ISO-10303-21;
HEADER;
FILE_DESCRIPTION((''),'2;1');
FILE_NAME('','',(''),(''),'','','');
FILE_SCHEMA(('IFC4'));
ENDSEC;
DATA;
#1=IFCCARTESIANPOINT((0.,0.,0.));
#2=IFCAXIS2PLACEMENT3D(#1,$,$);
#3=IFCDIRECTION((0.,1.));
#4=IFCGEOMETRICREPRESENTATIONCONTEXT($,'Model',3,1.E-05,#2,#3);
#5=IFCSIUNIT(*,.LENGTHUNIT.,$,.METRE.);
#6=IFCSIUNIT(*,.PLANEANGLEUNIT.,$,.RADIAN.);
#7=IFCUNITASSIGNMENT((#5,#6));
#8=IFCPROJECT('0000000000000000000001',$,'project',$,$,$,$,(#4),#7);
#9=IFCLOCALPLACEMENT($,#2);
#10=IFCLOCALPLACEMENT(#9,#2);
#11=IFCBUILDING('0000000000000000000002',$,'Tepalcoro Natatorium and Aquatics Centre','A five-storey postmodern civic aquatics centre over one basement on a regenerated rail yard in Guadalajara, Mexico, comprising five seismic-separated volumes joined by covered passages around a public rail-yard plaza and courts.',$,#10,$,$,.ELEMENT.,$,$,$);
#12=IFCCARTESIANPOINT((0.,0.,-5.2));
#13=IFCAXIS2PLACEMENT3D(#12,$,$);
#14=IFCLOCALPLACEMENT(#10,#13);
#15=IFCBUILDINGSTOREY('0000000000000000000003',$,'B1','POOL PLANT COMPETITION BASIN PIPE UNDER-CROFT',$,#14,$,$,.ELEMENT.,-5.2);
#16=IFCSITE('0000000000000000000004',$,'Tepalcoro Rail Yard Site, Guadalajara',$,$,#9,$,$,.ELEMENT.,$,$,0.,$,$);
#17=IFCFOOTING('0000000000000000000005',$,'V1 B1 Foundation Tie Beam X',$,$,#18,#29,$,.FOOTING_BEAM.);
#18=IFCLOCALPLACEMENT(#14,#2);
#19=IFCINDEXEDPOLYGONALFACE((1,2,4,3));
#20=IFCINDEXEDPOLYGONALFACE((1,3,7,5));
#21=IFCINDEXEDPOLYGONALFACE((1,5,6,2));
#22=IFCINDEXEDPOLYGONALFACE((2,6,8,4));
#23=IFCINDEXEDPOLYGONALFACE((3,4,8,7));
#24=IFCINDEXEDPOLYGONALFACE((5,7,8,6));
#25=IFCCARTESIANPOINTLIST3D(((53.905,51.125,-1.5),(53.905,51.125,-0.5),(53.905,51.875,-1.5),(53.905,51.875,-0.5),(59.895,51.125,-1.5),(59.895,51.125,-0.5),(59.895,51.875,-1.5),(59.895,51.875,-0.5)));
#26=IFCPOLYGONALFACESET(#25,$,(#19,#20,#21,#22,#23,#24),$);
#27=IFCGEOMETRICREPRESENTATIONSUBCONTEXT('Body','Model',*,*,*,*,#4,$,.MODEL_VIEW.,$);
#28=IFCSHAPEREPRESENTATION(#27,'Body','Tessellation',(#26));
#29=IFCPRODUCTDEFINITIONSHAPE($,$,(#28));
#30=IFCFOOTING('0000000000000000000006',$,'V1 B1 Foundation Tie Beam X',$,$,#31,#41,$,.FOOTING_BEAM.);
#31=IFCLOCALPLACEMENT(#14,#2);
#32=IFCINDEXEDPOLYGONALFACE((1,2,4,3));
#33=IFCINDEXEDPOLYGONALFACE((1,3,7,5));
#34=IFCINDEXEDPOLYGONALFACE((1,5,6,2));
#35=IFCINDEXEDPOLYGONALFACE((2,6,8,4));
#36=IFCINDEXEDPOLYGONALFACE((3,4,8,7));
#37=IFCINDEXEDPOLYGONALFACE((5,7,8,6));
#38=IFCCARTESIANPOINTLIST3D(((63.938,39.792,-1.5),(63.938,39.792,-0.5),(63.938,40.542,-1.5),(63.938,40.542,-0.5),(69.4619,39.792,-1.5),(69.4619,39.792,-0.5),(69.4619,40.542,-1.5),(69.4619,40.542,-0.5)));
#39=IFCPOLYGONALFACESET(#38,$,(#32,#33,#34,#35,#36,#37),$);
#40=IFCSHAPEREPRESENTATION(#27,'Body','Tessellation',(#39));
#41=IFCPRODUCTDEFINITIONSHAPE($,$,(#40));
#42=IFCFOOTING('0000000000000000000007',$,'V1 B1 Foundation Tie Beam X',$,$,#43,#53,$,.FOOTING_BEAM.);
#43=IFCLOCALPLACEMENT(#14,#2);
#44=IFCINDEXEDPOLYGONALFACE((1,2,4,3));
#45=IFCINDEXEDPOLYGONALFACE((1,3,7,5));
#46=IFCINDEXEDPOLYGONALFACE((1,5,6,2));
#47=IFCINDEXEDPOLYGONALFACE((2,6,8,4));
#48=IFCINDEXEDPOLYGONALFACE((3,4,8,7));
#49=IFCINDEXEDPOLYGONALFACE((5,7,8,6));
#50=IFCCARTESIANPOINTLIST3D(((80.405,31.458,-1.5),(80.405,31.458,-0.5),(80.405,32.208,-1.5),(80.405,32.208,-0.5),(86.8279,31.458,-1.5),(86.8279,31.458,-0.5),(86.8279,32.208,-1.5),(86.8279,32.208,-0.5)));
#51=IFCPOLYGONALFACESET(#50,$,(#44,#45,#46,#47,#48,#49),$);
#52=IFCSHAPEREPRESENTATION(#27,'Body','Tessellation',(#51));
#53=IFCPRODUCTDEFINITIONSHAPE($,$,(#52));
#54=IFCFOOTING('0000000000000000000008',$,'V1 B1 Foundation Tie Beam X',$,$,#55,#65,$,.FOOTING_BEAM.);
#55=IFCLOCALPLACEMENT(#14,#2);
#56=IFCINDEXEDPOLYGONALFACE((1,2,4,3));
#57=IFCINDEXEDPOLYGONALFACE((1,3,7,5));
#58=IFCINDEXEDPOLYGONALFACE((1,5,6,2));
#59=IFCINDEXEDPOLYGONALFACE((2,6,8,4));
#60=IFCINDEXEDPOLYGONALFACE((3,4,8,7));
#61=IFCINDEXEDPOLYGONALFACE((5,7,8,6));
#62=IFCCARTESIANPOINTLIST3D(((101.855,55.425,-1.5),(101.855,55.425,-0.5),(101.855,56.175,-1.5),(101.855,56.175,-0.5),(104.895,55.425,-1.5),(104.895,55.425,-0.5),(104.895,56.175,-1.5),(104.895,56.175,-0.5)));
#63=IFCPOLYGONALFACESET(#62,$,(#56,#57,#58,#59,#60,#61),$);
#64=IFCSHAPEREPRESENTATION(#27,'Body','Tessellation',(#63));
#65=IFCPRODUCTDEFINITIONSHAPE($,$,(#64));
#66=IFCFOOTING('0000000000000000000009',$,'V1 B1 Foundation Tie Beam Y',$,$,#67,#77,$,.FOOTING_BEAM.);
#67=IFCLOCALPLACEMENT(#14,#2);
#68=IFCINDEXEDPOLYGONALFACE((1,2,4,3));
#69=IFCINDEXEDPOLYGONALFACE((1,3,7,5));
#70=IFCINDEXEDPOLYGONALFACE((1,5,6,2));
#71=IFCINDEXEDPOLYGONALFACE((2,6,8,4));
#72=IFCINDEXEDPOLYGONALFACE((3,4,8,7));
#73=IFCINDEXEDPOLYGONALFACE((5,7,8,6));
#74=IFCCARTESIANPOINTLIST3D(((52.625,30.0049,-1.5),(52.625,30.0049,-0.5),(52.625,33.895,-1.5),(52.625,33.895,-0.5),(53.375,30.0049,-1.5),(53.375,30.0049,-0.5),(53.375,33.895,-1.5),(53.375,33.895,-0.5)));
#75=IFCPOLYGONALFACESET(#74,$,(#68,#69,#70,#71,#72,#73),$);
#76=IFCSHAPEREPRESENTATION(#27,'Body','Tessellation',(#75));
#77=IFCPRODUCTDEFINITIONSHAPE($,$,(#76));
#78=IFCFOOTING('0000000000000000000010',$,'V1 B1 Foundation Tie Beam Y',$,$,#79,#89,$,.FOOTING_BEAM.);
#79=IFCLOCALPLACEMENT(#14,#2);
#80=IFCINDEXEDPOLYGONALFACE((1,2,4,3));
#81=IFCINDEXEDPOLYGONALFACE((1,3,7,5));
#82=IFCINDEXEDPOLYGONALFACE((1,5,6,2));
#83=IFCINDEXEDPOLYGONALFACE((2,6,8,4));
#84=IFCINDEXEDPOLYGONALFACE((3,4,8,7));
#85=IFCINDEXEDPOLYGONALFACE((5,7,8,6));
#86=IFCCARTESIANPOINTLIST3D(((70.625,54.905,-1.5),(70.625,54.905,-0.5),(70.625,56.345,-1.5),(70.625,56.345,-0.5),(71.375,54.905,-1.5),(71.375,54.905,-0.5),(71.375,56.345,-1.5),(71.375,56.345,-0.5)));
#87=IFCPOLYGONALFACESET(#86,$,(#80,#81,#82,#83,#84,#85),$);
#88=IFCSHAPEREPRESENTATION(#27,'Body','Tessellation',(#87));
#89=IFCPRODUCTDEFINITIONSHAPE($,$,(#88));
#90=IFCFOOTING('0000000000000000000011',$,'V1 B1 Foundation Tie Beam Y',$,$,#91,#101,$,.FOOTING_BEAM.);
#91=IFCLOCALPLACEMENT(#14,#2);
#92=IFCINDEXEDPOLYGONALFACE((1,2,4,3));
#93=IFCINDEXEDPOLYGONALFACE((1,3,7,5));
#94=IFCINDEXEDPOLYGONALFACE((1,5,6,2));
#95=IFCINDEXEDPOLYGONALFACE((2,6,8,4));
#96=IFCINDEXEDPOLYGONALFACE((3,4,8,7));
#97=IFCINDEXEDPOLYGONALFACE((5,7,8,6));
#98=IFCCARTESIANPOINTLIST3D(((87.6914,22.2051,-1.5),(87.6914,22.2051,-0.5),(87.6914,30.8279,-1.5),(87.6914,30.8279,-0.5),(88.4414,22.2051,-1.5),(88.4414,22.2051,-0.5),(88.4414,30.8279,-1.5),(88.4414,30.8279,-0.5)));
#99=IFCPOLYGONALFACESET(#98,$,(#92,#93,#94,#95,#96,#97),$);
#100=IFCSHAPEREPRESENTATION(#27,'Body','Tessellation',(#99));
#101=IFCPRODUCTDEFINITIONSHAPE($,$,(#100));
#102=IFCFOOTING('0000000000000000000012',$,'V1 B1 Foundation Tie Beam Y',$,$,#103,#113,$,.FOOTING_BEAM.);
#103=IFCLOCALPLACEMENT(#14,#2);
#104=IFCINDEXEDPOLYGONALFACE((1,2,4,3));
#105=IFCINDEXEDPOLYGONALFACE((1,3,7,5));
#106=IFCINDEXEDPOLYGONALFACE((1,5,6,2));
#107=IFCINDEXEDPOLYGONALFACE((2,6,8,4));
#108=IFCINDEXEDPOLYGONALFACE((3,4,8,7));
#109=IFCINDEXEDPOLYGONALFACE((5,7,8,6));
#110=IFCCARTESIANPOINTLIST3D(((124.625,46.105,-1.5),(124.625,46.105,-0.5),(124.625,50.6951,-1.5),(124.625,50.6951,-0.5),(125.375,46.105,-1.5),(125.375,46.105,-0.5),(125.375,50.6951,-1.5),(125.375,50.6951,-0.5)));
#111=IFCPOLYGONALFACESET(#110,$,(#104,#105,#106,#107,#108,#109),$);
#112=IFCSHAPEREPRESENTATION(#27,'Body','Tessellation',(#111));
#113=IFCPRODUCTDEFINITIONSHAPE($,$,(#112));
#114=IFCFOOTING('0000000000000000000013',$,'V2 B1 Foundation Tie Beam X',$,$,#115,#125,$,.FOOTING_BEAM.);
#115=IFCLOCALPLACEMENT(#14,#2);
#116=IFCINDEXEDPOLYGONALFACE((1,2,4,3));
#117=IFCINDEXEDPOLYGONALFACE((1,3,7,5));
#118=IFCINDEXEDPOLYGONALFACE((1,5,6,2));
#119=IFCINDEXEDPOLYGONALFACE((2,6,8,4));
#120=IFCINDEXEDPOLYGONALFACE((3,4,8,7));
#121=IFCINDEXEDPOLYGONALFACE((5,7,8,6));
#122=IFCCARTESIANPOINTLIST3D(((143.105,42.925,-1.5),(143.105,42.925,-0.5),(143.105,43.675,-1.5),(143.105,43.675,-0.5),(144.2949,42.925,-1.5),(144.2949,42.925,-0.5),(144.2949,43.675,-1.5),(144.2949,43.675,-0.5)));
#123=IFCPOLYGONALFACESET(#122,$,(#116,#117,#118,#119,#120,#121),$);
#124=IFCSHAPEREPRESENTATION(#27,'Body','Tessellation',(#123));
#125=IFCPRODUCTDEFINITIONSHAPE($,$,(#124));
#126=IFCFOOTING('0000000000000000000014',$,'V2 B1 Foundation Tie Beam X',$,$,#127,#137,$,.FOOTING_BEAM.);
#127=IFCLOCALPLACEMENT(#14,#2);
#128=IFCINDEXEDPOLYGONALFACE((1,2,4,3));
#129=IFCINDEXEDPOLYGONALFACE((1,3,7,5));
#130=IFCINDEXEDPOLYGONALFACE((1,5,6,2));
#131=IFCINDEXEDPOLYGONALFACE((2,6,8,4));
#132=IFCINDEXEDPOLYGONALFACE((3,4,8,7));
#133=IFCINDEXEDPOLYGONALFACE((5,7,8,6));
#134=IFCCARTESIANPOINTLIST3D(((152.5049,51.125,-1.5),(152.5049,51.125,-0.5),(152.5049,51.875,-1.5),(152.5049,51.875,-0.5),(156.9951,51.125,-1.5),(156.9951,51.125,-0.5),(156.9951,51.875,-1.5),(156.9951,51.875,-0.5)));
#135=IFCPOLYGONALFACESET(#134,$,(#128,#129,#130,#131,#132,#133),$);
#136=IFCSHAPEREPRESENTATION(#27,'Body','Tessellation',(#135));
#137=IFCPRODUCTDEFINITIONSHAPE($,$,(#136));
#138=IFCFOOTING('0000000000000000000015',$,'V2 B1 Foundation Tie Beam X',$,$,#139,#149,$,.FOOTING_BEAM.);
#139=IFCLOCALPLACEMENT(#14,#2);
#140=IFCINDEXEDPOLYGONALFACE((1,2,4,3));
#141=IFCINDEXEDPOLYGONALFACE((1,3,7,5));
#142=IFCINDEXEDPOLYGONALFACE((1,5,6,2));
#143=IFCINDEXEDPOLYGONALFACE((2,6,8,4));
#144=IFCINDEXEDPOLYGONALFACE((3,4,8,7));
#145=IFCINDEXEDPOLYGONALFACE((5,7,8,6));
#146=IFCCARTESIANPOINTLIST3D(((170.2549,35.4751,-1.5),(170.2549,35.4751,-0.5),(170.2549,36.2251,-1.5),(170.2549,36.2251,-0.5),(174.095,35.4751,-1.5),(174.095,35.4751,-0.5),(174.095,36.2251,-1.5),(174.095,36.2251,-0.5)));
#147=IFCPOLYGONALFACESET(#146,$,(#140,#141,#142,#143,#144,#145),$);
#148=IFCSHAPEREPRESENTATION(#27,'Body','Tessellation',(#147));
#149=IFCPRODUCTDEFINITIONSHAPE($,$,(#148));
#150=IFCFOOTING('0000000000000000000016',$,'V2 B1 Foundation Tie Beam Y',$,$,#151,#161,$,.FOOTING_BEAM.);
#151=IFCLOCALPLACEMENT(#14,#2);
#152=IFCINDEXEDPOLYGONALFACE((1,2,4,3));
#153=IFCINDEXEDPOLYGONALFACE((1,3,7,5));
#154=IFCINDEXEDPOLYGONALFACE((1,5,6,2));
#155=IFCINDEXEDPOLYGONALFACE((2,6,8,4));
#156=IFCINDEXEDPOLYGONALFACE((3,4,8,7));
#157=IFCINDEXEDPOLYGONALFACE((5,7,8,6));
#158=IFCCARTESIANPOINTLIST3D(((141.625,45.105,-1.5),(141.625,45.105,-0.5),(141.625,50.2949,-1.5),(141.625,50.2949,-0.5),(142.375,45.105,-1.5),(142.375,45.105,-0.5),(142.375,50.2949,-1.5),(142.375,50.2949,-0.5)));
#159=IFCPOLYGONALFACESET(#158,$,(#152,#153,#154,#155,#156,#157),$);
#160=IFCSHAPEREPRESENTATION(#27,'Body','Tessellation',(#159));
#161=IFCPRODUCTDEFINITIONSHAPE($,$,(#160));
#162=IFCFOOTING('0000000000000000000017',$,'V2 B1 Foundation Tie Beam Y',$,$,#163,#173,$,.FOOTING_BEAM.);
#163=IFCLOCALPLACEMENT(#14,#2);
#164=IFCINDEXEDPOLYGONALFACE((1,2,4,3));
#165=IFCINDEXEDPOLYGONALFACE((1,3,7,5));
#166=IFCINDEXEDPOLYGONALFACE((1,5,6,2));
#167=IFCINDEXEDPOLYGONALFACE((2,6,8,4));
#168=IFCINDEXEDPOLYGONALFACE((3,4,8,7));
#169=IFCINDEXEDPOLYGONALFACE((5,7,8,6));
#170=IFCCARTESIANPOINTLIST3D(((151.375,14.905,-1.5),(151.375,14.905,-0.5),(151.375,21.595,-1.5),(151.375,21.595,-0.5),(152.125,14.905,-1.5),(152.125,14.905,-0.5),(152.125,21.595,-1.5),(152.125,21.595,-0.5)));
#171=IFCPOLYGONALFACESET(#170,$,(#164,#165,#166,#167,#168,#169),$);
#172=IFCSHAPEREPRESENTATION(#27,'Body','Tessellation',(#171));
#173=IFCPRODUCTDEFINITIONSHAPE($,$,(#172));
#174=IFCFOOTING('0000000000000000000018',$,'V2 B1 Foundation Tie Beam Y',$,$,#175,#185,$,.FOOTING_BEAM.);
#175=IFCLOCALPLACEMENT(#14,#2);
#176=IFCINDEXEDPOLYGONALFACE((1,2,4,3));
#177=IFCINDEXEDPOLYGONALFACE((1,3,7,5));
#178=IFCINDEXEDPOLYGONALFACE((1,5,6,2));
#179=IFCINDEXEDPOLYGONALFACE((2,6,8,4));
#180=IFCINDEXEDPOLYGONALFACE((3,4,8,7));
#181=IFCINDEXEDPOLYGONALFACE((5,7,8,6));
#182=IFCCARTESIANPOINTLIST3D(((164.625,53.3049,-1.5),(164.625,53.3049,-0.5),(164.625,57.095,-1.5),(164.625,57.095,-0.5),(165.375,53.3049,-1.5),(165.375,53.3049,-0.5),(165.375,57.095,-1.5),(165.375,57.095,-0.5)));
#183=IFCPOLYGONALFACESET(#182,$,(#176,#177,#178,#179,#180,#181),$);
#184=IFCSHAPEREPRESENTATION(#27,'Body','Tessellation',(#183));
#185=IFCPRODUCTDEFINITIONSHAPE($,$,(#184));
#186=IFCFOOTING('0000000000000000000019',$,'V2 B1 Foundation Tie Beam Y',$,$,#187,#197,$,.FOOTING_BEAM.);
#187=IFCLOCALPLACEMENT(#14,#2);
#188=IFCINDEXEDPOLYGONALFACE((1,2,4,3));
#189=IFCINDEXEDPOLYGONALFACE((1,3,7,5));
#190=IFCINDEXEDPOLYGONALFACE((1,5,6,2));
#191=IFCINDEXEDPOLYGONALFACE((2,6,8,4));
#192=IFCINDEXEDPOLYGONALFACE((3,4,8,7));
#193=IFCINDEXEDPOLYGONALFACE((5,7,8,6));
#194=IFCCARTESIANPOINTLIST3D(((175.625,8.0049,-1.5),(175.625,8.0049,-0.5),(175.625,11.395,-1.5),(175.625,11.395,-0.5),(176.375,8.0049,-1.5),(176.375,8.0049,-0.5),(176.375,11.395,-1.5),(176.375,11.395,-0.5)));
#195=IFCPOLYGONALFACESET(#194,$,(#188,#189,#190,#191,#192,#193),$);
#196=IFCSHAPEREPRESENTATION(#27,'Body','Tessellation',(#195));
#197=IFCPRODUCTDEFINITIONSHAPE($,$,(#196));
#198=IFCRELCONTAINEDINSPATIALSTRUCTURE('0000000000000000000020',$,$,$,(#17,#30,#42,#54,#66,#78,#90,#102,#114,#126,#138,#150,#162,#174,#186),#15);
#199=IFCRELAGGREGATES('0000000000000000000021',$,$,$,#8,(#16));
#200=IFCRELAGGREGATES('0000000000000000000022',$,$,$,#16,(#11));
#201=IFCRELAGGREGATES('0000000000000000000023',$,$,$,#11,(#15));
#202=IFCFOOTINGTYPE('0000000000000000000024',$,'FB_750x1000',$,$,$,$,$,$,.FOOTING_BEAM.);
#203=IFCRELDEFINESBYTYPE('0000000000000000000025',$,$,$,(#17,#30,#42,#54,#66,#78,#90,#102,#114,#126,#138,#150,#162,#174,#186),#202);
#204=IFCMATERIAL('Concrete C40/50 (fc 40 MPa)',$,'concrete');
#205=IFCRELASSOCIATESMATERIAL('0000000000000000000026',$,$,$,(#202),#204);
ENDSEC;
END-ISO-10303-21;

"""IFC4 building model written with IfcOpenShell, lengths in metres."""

from ifc_helpers import new_model, si_unit, direction, frame, origin, place, context, subcontext, project, spatial, polyline, outline, extrude, material, type_object, element, save


model = new_model("IFC4")

# Units and contexts
model_context = context("Model", 3, precision=1e-05, world=origin(), true_north=direction((0.0, 1.0)))
body_context = subcontext(model_context, "Body", "Model", "MODEL_VIEW")
ifc_project = project(units=[si_unit("LENGTHUNIT", "METRE"), si_unit("PLANEANGLEUNIT", "RADIAN")], contexts=[model_context])

# Site, building, storey
site_placement = place(None, origin())
site = spatial("IfcSite", under=ifc_project, at=site_placement, Name="Tepalcoro Rail Yard Site, Guadalajara", CompositionType="ELEMENT", RefElevation=0.0)
building_placement = place(site_placement, origin())
building = spatial("IfcBuilding", under=site, at=building_placement, Name="Tepalcoro Natatorium and Aquatics Centre", Description="A five-storey postmodern civic aquatics centre over one basement on a regenerated rail yard in Guadalajara, Mexico, comprising five seismic-separated volumes joined by covered passages around a public rail-yard plaza and courts.", CompositionType="ELEMENT")
storey_placement = place(building_placement, frame((0.0, 0.0, -5.2)))
storey = spatial("IfcBuildingStorey", under=building, at=storey_placement, Name="B1", Description="POOL PLANT COMPETITION BASIN PIPE UNDER-CROFT", CompositionType="ELEMENT", Elevation=-5.2)

# Footings
ifc_material = material(Name="Concrete C40/50 (fc 40 MPa)", Category="concrete")
footing_type_1 = type_object("IfcFootingType", Name="FB_750x1000", PredefinedType="FOOTING_BEAM", material=ifc_material)
footing_1_placement = place(storey_placement, frame((0.0, 0.0, -1.5)))
element("IfcFooting", 1, at=footing_1_placement, inside=storey, type_object=footing_type_1, Name="V1 B1 Foundation Tie Beam X", PredefinedType="FOOTING_BEAM", context=body_context, shape_type="SweptSolid", body=[
    extrude(outline(polyline([(53.905, 51.125), (59.895, 51.125), (59.895, 51.875), (53.905, 51.875), (53.905, 51.125)])), origin(), (0.0, 0.0, 1.0), 1.0),
])
footing_2_placement = place(storey_placement, frame((0.0, 0.0, -1.5)))
element("IfcFooting", 2, at=footing_2_placement, inside=storey, type_object=footing_type_1, Name="V1 B1 Foundation Tie Beam X", PredefinedType="FOOTING_BEAM", context=body_context, shape_type="SweptSolid", body=[
    extrude(outline(polyline([(63.938, 39.792), (69.4619, 39.792), (69.4619, 40.542), (63.938, 40.542), (63.938, 39.792)])), origin(), (0.0, 0.0, 1.0), 1.0),
])
footing_3_placement = place(storey_placement, frame((0.0, 0.0, -1.5)))
element("IfcFooting", 3, at=footing_3_placement, inside=storey, type_object=footing_type_1, Name="V1 B1 Foundation Tie Beam X", PredefinedType="FOOTING_BEAM", context=body_context, shape_type="SweptSolid", body=[
    extrude(outline(polyline([(80.405, 31.458), (86.8279, 31.458), (86.8279, 32.208), (80.405, 32.208), (80.405, 31.458)])), origin(), (0.0, 0.0, 1.0), 1.0),
])
footing_4_placement = place(storey_placement, frame((0.0, 0.0, -1.5)))
element("IfcFooting", 4, at=footing_4_placement, inside=storey, type_object=footing_type_1, Name="V1 B1 Foundation Tie Beam X", PredefinedType="FOOTING_BEAM", context=body_context, shape_type="SweptSolid", body=[
    extrude(outline(polyline([(101.855, 55.425), (104.895, 55.425), (104.895, 56.175), (101.855, 56.175), (101.855, 55.425)])), origin(), (0.0, 0.0, 1.0), 1.0),
])
footing_5_placement = place(storey_placement, frame((0.0, 0.0, -1.5)))
element("IfcFooting", 5, at=footing_5_placement, inside=storey, type_object=footing_type_1, Name="V1 B1 Foundation Tie Beam Y", PredefinedType="FOOTING_BEAM", context=body_context, shape_type="SweptSolid", body=[
    extrude(outline(polyline([(53.375, 30.0049), (53.375, 33.895), (52.625, 33.895), (52.625, 30.0049), (53.375, 30.0049)])), origin(), (0.0, 0.0, 1.0), 1.0),
])
footing_6_placement = place(storey_placement, frame((0.0, 0.0, -1.5)))
element("IfcFooting", 6, at=footing_6_placement, inside=storey, type_object=footing_type_1, Name="V1 B1 Foundation Tie Beam Y", PredefinedType="FOOTING_BEAM", context=body_context, shape_type="SweptSolid", body=[
    extrude(outline(polyline([(71.375, 54.905), (71.375, 56.345), (70.625, 56.345), (70.625, 54.905), (71.375, 54.905)])), origin(), (0.0, 0.0, 1.0), 1.0),
])
footing_7_placement = place(storey_placement, frame((0.0, 0.0, -1.5)))
element("IfcFooting", 7, at=footing_7_placement, inside=storey, type_object=footing_type_1, Name="V1 B1 Foundation Tie Beam Y", PredefinedType="FOOTING_BEAM", context=body_context, shape_type="SweptSolid", body=[
    extrude(outline(polyline([(88.4414, 22.2051), (88.4414, 30.8279), (87.6914, 30.8279), (87.6914, 22.2051), (88.4414, 22.2051)])), origin(), (0.0, 0.0, 1.0), 1.0),
])
footing_8_placement = place(storey_placement, frame((0.0, 0.0, -1.5)))
element("IfcFooting", 8, at=footing_8_placement, inside=storey, type_object=footing_type_1, Name="V1 B1 Foundation Tie Beam Y", PredefinedType="FOOTING_BEAM", context=body_context, shape_type="SweptSolid", body=[
    extrude(outline(polyline([(125.375, 46.105), (125.375, 50.6951), (124.625, 50.6951), (124.625, 46.105), (125.375, 46.105)])), origin(), (0.0, 0.0, 1.0), 1.0),
])
footing_9_placement = place(storey_placement, frame((0.0, 0.0, -1.5)))
element("IfcFooting", 9, at=footing_9_placement, inside=storey, type_object=footing_type_1, Name="V2 B1 Foundation Tie Beam X", PredefinedType="FOOTING_BEAM", context=body_context, shape_type="SweptSolid", body=[
    extrude(outline(polyline([(143.105, 42.925), (144.2949, 42.925), (144.2949, 43.675), (143.105, 43.675), (143.105, 42.925)])), origin(), (0.0, 0.0, 1.0), 1.0),
])
footing_10_placement = place(storey_placement, frame((0.0, 0.0, -1.5)))
element("IfcFooting", 10, at=footing_10_placement, inside=storey, type_object=footing_type_1, Name="V2 B1 Foundation Tie Beam X", PredefinedType="FOOTING_BEAM", context=body_context, shape_type="SweptSolid", body=[
    extrude(outline(polyline([(152.5049, 51.125), (156.9951, 51.125), (156.9951, 51.875), (152.5049, 51.875), (152.5049, 51.125)])), origin(), (0.0, 0.0, 1.0), 1.0),
])
footing_11_placement = place(storey_placement, frame((0.0, 0.0, -1.5)))
element("IfcFooting", 11, at=footing_11_placement, inside=storey, type_object=footing_type_1, Name="V2 B1 Foundation Tie Beam X", PredefinedType="FOOTING_BEAM", context=body_context, shape_type="SweptSolid", body=[
    extrude(outline(polyline([(170.2549, 35.4751), (174.095, 35.4751), (174.095, 36.2251), (170.2549, 36.2251), (170.2549, 35.4751)])), origin(), (0.0, 0.0, 1.0), 1.0),
])
footing_12_placement = place(storey_placement, frame((0.0, 0.0, -1.5)))
element("IfcFooting", 12, at=footing_12_placement, inside=storey, type_object=footing_type_1, Name="V2 B1 Foundation Tie Beam Y", PredefinedType="FOOTING_BEAM", context=body_context, shape_type="SweptSolid", body=[
    extrude(outline(polyline([(142.375, 45.105), (142.375, 50.2949), (141.625, 50.2949), (141.625, 45.105), (142.375, 45.105)])), origin(), (0.0, 0.0, 1.0), 1.0),
])
footing_13_placement = place(storey_placement, frame((0.0, 0.0, -1.5)))
element("IfcFooting", 13, at=footing_13_placement, inside=storey, type_object=footing_type_1, Name="V2 B1 Foundation Tie Beam Y", PredefinedType="FOOTING_BEAM", context=body_context, shape_type="SweptSolid", body=[
    extrude(outline(polyline([(152.125, 14.905), (152.125, 21.595), (151.375, 21.595), (151.375, 14.905), (152.125, 14.905)])), origin(), (0.0, 0.0, 1.0), 1.0),
])
footing_14_placement = place(storey_placement, frame((0.0, 0.0, -1.5)))
element("IfcFooting", 14, at=footing_14_placement, inside=storey, type_object=footing_type_1, Name="V2 B1 Foundation Tie Beam Y", PredefinedType="FOOTING_BEAM", context=body_context, shape_type="SweptSolid", body=[
    extrude(outline(polyline([(165.375, 53.3049), (165.375, 57.095), (164.625, 57.095), (164.625, 53.3049), (165.375, 53.3049)])), origin(), (0.0, 0.0, 1.0), 1.0),
])
footing_15_placement = place(storey_placement, frame((0.0, 0.0, -1.5)))
element("IfcFooting", 15, at=footing_15_placement, inside=storey, type_object=footing_type_1, Name="V2 B1 Foundation Tie Beam Y", PredefinedType="FOOTING_BEAM", context=body_context, shape_type="SweptSolid", body=[
    extrude(outline(polyline([(176.375, 8.0049), (176.375, 11.395), (175.625, 11.395), (175.625, 8.0049), (176.375, 8.0049)])), origin(), (0.0, 0.0, 1.0), 1.0),
])

save(model, "model.ifc")
